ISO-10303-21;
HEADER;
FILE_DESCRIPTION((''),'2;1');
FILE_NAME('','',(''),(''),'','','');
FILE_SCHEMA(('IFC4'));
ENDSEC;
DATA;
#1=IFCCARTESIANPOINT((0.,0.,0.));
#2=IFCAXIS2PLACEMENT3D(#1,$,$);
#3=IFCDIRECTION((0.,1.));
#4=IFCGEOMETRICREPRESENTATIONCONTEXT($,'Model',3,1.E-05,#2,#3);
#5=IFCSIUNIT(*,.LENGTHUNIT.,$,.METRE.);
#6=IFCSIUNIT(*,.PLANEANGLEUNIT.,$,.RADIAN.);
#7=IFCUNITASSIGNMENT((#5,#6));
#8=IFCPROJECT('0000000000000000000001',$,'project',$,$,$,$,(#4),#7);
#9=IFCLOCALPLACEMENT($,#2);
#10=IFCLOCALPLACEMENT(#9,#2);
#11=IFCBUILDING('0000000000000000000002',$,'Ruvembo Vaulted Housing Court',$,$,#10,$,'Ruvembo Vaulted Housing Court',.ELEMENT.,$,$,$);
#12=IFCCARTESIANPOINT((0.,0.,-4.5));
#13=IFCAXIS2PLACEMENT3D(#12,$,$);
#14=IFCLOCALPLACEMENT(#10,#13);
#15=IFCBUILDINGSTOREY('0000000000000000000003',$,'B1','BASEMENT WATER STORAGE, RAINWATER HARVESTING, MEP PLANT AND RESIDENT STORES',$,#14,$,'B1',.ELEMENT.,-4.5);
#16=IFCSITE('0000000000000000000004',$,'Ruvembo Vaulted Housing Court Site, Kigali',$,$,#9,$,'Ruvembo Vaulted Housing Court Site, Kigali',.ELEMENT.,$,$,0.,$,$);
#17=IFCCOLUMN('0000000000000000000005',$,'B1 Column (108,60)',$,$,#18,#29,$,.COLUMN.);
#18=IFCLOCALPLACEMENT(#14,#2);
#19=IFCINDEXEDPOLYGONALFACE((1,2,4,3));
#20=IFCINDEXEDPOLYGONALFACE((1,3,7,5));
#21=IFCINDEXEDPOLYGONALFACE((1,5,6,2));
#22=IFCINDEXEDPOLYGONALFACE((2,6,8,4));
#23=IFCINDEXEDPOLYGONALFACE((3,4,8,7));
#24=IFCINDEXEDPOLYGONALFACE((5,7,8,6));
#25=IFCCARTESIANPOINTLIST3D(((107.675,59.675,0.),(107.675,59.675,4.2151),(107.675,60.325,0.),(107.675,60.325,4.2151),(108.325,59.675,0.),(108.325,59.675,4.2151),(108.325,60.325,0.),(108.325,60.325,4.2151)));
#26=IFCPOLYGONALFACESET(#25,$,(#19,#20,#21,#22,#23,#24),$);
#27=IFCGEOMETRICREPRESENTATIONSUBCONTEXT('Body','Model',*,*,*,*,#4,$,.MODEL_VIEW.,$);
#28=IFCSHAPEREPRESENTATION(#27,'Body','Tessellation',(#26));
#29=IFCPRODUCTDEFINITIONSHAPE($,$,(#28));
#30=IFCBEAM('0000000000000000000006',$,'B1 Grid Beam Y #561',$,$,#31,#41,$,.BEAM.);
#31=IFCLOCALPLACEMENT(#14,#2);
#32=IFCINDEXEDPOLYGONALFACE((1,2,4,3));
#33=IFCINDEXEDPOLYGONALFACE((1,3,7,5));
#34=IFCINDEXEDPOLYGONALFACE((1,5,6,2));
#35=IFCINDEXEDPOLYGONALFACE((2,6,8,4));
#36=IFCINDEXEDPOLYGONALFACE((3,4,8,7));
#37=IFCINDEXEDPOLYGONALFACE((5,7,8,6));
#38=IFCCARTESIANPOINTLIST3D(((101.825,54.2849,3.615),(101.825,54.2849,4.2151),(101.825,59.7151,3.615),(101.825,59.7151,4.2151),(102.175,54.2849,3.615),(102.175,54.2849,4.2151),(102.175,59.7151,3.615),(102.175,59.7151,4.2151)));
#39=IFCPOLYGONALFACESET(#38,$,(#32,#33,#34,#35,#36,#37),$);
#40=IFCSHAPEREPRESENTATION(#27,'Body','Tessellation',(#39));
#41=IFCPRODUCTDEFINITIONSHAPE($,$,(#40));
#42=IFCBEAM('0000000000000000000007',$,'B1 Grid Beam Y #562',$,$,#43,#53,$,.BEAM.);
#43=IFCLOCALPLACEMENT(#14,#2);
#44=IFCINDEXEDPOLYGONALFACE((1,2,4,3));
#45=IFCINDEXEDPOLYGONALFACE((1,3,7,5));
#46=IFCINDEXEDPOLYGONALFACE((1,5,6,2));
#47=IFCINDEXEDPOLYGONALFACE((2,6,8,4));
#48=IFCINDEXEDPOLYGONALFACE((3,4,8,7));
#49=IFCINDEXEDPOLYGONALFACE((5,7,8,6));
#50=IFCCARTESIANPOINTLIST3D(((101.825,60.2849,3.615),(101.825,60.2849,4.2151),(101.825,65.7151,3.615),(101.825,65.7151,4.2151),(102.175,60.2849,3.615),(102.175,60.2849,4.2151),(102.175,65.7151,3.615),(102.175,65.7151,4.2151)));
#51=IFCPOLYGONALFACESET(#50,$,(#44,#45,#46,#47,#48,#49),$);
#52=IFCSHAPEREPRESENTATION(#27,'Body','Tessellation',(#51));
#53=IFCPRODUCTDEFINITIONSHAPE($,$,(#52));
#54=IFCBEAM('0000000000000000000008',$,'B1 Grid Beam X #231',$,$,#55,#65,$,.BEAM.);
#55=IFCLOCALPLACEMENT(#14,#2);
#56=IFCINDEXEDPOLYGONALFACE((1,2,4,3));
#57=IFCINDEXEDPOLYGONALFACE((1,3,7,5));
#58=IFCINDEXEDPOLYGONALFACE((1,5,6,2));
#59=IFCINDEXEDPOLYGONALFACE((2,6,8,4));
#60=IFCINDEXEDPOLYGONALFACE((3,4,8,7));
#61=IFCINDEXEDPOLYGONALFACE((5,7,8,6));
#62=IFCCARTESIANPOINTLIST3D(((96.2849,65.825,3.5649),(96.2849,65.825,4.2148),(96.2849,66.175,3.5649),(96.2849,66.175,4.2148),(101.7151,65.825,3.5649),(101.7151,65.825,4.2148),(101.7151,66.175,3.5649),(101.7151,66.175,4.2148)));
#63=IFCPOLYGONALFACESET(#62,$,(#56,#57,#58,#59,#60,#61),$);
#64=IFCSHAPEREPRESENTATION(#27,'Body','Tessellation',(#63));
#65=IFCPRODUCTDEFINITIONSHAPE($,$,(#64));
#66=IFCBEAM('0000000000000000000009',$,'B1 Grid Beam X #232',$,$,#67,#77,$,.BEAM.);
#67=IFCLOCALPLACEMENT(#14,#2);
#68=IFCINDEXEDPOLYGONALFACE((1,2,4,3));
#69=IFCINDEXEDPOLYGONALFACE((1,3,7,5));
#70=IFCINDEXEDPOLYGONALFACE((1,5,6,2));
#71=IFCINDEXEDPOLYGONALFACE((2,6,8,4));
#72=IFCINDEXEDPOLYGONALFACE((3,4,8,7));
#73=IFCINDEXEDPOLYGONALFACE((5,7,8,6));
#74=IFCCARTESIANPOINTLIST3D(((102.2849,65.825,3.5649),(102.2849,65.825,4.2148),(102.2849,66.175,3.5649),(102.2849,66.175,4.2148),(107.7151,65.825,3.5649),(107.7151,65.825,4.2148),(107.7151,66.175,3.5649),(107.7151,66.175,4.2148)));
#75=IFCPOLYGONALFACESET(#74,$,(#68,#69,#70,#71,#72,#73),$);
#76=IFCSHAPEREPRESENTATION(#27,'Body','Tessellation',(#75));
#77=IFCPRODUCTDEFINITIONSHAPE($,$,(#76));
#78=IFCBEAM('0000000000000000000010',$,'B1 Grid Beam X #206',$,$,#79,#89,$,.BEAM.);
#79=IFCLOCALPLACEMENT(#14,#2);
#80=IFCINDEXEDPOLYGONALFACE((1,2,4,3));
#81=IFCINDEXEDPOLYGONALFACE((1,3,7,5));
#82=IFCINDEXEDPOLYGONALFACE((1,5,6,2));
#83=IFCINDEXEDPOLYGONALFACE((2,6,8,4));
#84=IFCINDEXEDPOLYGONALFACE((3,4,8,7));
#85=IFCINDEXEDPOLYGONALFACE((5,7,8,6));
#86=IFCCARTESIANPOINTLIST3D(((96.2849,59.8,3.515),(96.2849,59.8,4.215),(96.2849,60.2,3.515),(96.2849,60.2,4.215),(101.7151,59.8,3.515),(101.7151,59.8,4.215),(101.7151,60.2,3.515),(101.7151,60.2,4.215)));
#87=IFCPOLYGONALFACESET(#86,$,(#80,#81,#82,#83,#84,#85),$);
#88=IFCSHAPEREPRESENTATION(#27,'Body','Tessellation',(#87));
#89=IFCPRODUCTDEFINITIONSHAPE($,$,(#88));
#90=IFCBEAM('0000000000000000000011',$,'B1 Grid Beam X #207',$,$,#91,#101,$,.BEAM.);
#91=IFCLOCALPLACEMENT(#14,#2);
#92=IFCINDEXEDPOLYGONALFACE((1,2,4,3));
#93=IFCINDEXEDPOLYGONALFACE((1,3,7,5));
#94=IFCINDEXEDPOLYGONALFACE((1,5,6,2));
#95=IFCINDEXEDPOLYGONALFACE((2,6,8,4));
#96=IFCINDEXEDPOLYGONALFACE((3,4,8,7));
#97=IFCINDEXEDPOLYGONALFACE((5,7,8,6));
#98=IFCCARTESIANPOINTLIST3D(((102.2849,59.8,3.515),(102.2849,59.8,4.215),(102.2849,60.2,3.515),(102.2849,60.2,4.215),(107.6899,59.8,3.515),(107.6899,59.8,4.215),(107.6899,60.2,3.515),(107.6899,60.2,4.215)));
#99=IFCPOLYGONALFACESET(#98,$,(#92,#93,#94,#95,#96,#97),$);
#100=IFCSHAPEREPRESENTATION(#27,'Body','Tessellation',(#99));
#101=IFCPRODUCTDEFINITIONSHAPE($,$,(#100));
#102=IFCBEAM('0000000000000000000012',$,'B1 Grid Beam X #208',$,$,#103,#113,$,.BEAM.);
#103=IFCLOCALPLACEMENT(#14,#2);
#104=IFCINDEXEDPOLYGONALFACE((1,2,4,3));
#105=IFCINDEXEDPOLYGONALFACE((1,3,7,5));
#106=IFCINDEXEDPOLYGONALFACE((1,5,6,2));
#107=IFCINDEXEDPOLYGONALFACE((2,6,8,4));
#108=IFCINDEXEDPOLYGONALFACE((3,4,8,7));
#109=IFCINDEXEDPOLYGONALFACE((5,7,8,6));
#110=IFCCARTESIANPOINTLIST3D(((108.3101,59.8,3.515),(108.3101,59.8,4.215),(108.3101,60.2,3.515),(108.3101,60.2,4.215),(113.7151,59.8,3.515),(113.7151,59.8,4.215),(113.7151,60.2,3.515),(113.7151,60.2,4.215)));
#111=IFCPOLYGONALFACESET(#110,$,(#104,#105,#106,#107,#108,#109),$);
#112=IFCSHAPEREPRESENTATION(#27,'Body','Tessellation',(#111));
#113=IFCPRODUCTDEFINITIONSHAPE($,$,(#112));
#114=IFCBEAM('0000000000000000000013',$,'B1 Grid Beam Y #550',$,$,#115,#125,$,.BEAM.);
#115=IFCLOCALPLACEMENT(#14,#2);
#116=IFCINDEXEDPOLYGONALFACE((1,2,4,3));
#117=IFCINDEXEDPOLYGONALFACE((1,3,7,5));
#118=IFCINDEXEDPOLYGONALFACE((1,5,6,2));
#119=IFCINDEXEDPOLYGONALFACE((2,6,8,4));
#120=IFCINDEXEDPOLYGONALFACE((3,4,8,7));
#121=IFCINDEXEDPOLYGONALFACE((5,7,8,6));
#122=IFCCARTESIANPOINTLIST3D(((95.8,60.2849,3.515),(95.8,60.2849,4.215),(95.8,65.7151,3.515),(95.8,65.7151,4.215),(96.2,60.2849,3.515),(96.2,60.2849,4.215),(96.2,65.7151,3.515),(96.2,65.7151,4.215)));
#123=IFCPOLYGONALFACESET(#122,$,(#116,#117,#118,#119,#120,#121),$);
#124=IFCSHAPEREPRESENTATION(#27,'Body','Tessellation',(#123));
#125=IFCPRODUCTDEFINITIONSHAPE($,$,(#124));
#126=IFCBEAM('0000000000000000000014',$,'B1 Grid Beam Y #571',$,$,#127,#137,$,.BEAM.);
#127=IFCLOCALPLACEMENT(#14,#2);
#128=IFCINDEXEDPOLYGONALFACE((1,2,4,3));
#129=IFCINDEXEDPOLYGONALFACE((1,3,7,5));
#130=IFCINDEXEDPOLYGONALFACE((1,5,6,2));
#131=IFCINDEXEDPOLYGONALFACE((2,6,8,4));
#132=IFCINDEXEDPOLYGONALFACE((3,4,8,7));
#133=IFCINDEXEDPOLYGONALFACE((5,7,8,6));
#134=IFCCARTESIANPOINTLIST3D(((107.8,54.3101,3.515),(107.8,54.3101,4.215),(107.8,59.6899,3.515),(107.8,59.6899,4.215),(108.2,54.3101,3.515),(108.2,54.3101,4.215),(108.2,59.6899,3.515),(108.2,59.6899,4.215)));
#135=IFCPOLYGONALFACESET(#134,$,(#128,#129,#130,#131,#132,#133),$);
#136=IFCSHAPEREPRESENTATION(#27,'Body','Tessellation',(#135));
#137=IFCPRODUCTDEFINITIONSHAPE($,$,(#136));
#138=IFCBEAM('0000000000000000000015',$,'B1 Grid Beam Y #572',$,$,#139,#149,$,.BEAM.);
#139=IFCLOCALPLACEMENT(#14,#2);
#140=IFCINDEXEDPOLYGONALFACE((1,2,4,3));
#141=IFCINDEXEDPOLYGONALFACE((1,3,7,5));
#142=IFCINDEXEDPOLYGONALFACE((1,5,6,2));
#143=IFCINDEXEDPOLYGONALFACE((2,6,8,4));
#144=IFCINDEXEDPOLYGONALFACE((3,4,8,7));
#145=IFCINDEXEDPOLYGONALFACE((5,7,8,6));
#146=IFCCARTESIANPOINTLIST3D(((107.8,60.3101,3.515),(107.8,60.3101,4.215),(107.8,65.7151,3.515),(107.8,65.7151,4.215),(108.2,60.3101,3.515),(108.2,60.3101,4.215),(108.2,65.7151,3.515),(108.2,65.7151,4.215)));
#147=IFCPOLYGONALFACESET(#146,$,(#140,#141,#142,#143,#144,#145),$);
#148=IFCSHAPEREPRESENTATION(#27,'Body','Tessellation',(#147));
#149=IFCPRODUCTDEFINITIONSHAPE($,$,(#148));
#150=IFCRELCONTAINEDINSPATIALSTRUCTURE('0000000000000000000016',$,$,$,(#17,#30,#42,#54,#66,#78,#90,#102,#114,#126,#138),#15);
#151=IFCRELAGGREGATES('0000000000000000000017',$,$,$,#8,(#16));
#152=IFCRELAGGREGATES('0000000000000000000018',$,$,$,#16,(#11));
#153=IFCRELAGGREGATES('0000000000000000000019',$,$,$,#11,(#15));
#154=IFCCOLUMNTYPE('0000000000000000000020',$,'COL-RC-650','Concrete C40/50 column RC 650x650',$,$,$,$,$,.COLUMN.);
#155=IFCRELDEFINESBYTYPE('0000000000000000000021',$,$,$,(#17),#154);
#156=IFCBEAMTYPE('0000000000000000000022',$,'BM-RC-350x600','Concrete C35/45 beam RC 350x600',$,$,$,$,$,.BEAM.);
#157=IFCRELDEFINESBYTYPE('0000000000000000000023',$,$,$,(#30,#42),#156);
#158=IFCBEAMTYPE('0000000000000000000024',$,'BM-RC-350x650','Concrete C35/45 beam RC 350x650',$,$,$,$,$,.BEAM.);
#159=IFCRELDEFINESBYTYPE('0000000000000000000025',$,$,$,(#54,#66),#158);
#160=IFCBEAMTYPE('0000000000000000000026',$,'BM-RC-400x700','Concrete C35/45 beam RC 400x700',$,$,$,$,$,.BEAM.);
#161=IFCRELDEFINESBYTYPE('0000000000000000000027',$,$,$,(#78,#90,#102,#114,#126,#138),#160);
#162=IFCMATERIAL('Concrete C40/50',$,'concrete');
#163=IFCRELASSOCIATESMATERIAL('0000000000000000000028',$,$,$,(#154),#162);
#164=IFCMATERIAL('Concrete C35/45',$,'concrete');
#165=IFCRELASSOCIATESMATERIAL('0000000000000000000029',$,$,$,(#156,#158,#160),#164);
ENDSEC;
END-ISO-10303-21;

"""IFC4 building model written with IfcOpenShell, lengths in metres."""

from ifc_helpers import new_model, si_unit, direction, frame, origin, origin_2d, place, context, subcontext, project, spatial, rectangle, extrude, material, material_profile, profile_set, type_object, element, save


model = new_model("IFC4")

# Units and contexts
model_context = context("Model", 3, precision=1e-05, world=origin(), true_north=direction((0.0, 1.0)))
body_context = subcontext(model_context, "Body", "Model", "MODEL_VIEW")
ifc_project = project(units=[si_unit("LENGTHUNIT", "METRE"), si_unit("PLANEANGLEUNIT", "RADIAN")], contexts=[model_context])

# Site, building, storey
site_placement = place(None, origin())
site = spatial("IfcSite", under=ifc_project, at=site_placement, Name="Ruvembo Vaulted Housing Court Site, Kigali", LongName="Ruvembo Vaulted Housing Court Site, Kigali", CompositionType="ELEMENT", RefElevation=0.0)
building_placement = place(site_placement, origin())
building = spatial("IfcBuilding", under=site, at=building_placement, Name="Ruvembo Vaulted Housing Court", LongName="Ruvembo Vaulted Housing Court", CompositionType="ELEMENT")
storey_placement = place(building_placement, frame((0.0, 0.0, -4.5)))
storey = spatial("IfcBuildingStorey", under=building, at=storey_placement, Name="B1", Description="BASEMENT WATER STORAGE, RAINWATER HARVESTING, MEP PLANT AND RESIDENT STORES", LongName="B1", CompositionType="ELEMENT", Elevation=-4.5)

# Shared definitions
ifc_material_1 = material(Name="Concrete C35/45", Category="concrete")

# Column
ifc_material_2 = material(Name="Concrete C40/50", Category="concrete")
ifc_material_profile_1 = material_profile(ifc_material_2, rectangle(XDim=0.6499, YDim=0.6499, at=origin_2d()), Name="RC 650x650")
ifc_profile_set_1 = profile_set([ifc_material_profile_1], Name="Concrete C40/50")
column_type_1 = type_object("IfcColumnType", Name="COL-RC-650", Description="Concrete C40/50 column RC 650x650", PredefinedType="COLUMN", material=ifc_profile_set_1)
column_placement = place(storey_placement, frame((108.0, 60.0, 0.0), z_axis=(0.0, 0.0, 1.0), x_axis=(1.0, 0.0, 0.0)))
element("IfcColumn", 1, at=column_placement, inside=storey, type_object=column_type_1, Name="B1 Column (108,60)", PredefinedType="COLUMN", context=body_context, shape_type="SweptSolid", body=[
    extrude(rectangle(XDim=0.6499, YDim=0.6499, at=origin_2d()), origin(), (0.0, 0.0, 1.0), 4.2151),
])

# Beams
ifc_material_profile_2 = material_profile(ifc_material_1, rectangle(XDim=0.3501, YDim=0.6001, at=origin_2d()), Name="RC 350x600")
ifc_profile_set_2 = profile_set([ifc_material_profile_2], Name="Concrete C35/45")
beam_type_1 = type_object("IfcBeamType", Name="BM-RC-350x600", Description="Concrete C35/45 beam RC 350x600", PredefinedType="BEAM", material=ifc_profile_set_2)
for number, where, z_axis, x_axis, name in (
    (2, (102.0, 54.2849, 3.915), (0.0, 1.0, 0.0), (-1.0, 0.0, 0.0), "B1 Grid Beam Y #561"),
    (3, (102.0, 60.2849, 3.915), (0.0, 1.0, 0.0), (-1.0, 0.0, 0.0), "B1 Grid Beam Y #562"),
):
    element("IfcBeam", number, at=place(storey_placement, frame(where, z_axis=z_axis, x_axis=x_axis)), inside=storey, type_object=beam_type_1, Name=name, PredefinedType="BEAM", context=body_context, shape_type="SweptSolid", body=[
        extrude(rectangle(XDim=0.3501, YDim=0.6001, at=origin_2d()), origin(), (0.0, 0.0, 1.0), 5.4302),
    ])
ifc_material_profile_3 = material_profile(ifc_material_1, rectangle(XDim=0.3501, YDim=0.6499, at=origin_2d()), Name="RC 350x650")
ifc_profile_set_3 = profile_set([ifc_material_profile_3], Name="Concrete C35/45")
beam_type_2 = type_object("IfcBeamType", Name="BM-RC-350x650", Description="Concrete C35/45 beam RC 350x650", PredefinedType="BEAM", material=ifc_profile_set_3)
for number, where, z_axis, x_axis, name in (
    (4, (96.2849, 66.0, 3.8899), (1.0, 0.0, 0.0), (0.0, 1.0, 0.0), "B1 Grid Beam X #231"),
    (5, (102.2849, 66.0, 3.8899), (1.0, 0.0, 0.0), (0.0, 1.0, 0.0), "B1 Grid Beam X #232"),
):
    element("IfcBeam", number, at=place(storey_placement, frame(where, z_axis=z_axis, x_axis=x_axis)), inside=storey, type_object=beam_type_2, Name=name, PredefinedType="BEAM", context=body_context, shape_type="SweptSolid", body=[
        extrude(rectangle(XDim=0.3501, YDim=0.6499, at=origin_2d()), origin(), (0.0, 0.0, 1.0), 5.4302),
    ])
ifc_material_profile_4 = material_profile(ifc_material_1, rectangle(XDim=0.3999, YDim=0.7, at=origin_2d()), Name="RC 400x700")
ifc_profile_set_4 = profile_set([ifc_material_profile_4], Name="Concrete C35/45")
beam_type_3 = type_object("IfcBeamType", Name="BM-RC-400x700", Description="Concrete C35/45 beam RC 400x700", PredefinedType="BEAM", material=ifc_profile_set_4)
beam_1_placement = place(storey_placement, frame((96.2849, 60.0, 3.865), z_axis=(1.0, 0.0, 0.0), x_axis=(0.0, 1.0, 0.0)))
element("IfcBeam", 6, at=beam_1_placement, inside=storey, type_object=beam_type_3, Name="B1 Grid Beam X #206", PredefinedType="BEAM", context=body_context, shape_type="SweptSolid", body=[
    extrude(rectangle(XDim=0.3999, YDim=0.7, at=origin_2d()), origin(), (0.0, 0.0, 1.0), 5.4302),
])
for number, where, z_axis, x_axis, name in (
    (7, (102.2849, 60.0, 3.865), (1.0, 0.0, 0.0), (0.0, 1.0, 0.0), "B1 Grid Beam X #207"),
    (8, (108.3101, 60.0, 3.865), (1.0, 0.0, 0.0), (0.0, 1.0, 0.0), "B1 Grid Beam X #208"),
):
    element("IfcBeam", number, at=place(storey_placement, frame(where, z_axis=z_axis, x_axis=x_axis)), inside=storey, type_object=beam_type_3, Name=name, PredefinedType="BEAM", context=body_context, shape_type="SweptSolid", body=[
        extrude(rectangle(XDim=0.3999, YDim=0.7, at=origin_2d()), origin(), (0.0, 0.0, 1.0), 5.405),
    ])
beam_2_placement = place(storey_placement, frame((96.0, 60.2849, 3.865), z_axis=(0.0, 1.0, 0.0), x_axis=(-1.0, 0.0, 0.0)))
element("IfcBeam", 9, at=beam_2_placement, inside=storey, type_object=beam_type_3, Name="B1 Grid Beam Y #550", PredefinedType="BEAM", context=body_context, shape_type="SweptSolid", body=[
    extrude(rectangle(XDim=0.3999, YDim=0.7, at=origin_2d()), origin(), (0.0, 0.0, 1.0), 5.4302),
])
beam_3_placement = place(storey_placement, frame((108.0, 54.3101, 3.865), z_axis=(0.0, 1.0, 0.0), x_axis=(-1.0, 0.0, 0.0)))
element("IfcBeam", 10, at=beam_3_placement, inside=storey, type_object=beam_type_3, Name="B1 Grid Beam Y #571", PredefinedType="BEAM", context=body_context, shape_type="SweptSolid", body=[
    extrude(rectangle(XDim=0.3999, YDim=0.7, at=origin_2d()), origin(), (0.0, 0.0, 1.0), 5.3799),
])
beam_4_placement = place(storey_placement, frame((108.0, 60.3101, 3.865), z_axis=(0.0, 1.0, 0.0), x_axis=(-1.0, 0.0, 0.0)))
element("IfcBeam", 11, at=beam_4_placement, inside=storey, type_object=beam_type_3, Name="B1 Grid Beam Y #572", PredefinedType="BEAM", context=body_context, shape_type="SweptSolid", body=[
    extrude(rectangle(XDim=0.3999, YDim=0.7, at=origin_2d()), origin(), (0.0, 0.0, 1.0), 5.405),
])

save(model, "model.ifc")
